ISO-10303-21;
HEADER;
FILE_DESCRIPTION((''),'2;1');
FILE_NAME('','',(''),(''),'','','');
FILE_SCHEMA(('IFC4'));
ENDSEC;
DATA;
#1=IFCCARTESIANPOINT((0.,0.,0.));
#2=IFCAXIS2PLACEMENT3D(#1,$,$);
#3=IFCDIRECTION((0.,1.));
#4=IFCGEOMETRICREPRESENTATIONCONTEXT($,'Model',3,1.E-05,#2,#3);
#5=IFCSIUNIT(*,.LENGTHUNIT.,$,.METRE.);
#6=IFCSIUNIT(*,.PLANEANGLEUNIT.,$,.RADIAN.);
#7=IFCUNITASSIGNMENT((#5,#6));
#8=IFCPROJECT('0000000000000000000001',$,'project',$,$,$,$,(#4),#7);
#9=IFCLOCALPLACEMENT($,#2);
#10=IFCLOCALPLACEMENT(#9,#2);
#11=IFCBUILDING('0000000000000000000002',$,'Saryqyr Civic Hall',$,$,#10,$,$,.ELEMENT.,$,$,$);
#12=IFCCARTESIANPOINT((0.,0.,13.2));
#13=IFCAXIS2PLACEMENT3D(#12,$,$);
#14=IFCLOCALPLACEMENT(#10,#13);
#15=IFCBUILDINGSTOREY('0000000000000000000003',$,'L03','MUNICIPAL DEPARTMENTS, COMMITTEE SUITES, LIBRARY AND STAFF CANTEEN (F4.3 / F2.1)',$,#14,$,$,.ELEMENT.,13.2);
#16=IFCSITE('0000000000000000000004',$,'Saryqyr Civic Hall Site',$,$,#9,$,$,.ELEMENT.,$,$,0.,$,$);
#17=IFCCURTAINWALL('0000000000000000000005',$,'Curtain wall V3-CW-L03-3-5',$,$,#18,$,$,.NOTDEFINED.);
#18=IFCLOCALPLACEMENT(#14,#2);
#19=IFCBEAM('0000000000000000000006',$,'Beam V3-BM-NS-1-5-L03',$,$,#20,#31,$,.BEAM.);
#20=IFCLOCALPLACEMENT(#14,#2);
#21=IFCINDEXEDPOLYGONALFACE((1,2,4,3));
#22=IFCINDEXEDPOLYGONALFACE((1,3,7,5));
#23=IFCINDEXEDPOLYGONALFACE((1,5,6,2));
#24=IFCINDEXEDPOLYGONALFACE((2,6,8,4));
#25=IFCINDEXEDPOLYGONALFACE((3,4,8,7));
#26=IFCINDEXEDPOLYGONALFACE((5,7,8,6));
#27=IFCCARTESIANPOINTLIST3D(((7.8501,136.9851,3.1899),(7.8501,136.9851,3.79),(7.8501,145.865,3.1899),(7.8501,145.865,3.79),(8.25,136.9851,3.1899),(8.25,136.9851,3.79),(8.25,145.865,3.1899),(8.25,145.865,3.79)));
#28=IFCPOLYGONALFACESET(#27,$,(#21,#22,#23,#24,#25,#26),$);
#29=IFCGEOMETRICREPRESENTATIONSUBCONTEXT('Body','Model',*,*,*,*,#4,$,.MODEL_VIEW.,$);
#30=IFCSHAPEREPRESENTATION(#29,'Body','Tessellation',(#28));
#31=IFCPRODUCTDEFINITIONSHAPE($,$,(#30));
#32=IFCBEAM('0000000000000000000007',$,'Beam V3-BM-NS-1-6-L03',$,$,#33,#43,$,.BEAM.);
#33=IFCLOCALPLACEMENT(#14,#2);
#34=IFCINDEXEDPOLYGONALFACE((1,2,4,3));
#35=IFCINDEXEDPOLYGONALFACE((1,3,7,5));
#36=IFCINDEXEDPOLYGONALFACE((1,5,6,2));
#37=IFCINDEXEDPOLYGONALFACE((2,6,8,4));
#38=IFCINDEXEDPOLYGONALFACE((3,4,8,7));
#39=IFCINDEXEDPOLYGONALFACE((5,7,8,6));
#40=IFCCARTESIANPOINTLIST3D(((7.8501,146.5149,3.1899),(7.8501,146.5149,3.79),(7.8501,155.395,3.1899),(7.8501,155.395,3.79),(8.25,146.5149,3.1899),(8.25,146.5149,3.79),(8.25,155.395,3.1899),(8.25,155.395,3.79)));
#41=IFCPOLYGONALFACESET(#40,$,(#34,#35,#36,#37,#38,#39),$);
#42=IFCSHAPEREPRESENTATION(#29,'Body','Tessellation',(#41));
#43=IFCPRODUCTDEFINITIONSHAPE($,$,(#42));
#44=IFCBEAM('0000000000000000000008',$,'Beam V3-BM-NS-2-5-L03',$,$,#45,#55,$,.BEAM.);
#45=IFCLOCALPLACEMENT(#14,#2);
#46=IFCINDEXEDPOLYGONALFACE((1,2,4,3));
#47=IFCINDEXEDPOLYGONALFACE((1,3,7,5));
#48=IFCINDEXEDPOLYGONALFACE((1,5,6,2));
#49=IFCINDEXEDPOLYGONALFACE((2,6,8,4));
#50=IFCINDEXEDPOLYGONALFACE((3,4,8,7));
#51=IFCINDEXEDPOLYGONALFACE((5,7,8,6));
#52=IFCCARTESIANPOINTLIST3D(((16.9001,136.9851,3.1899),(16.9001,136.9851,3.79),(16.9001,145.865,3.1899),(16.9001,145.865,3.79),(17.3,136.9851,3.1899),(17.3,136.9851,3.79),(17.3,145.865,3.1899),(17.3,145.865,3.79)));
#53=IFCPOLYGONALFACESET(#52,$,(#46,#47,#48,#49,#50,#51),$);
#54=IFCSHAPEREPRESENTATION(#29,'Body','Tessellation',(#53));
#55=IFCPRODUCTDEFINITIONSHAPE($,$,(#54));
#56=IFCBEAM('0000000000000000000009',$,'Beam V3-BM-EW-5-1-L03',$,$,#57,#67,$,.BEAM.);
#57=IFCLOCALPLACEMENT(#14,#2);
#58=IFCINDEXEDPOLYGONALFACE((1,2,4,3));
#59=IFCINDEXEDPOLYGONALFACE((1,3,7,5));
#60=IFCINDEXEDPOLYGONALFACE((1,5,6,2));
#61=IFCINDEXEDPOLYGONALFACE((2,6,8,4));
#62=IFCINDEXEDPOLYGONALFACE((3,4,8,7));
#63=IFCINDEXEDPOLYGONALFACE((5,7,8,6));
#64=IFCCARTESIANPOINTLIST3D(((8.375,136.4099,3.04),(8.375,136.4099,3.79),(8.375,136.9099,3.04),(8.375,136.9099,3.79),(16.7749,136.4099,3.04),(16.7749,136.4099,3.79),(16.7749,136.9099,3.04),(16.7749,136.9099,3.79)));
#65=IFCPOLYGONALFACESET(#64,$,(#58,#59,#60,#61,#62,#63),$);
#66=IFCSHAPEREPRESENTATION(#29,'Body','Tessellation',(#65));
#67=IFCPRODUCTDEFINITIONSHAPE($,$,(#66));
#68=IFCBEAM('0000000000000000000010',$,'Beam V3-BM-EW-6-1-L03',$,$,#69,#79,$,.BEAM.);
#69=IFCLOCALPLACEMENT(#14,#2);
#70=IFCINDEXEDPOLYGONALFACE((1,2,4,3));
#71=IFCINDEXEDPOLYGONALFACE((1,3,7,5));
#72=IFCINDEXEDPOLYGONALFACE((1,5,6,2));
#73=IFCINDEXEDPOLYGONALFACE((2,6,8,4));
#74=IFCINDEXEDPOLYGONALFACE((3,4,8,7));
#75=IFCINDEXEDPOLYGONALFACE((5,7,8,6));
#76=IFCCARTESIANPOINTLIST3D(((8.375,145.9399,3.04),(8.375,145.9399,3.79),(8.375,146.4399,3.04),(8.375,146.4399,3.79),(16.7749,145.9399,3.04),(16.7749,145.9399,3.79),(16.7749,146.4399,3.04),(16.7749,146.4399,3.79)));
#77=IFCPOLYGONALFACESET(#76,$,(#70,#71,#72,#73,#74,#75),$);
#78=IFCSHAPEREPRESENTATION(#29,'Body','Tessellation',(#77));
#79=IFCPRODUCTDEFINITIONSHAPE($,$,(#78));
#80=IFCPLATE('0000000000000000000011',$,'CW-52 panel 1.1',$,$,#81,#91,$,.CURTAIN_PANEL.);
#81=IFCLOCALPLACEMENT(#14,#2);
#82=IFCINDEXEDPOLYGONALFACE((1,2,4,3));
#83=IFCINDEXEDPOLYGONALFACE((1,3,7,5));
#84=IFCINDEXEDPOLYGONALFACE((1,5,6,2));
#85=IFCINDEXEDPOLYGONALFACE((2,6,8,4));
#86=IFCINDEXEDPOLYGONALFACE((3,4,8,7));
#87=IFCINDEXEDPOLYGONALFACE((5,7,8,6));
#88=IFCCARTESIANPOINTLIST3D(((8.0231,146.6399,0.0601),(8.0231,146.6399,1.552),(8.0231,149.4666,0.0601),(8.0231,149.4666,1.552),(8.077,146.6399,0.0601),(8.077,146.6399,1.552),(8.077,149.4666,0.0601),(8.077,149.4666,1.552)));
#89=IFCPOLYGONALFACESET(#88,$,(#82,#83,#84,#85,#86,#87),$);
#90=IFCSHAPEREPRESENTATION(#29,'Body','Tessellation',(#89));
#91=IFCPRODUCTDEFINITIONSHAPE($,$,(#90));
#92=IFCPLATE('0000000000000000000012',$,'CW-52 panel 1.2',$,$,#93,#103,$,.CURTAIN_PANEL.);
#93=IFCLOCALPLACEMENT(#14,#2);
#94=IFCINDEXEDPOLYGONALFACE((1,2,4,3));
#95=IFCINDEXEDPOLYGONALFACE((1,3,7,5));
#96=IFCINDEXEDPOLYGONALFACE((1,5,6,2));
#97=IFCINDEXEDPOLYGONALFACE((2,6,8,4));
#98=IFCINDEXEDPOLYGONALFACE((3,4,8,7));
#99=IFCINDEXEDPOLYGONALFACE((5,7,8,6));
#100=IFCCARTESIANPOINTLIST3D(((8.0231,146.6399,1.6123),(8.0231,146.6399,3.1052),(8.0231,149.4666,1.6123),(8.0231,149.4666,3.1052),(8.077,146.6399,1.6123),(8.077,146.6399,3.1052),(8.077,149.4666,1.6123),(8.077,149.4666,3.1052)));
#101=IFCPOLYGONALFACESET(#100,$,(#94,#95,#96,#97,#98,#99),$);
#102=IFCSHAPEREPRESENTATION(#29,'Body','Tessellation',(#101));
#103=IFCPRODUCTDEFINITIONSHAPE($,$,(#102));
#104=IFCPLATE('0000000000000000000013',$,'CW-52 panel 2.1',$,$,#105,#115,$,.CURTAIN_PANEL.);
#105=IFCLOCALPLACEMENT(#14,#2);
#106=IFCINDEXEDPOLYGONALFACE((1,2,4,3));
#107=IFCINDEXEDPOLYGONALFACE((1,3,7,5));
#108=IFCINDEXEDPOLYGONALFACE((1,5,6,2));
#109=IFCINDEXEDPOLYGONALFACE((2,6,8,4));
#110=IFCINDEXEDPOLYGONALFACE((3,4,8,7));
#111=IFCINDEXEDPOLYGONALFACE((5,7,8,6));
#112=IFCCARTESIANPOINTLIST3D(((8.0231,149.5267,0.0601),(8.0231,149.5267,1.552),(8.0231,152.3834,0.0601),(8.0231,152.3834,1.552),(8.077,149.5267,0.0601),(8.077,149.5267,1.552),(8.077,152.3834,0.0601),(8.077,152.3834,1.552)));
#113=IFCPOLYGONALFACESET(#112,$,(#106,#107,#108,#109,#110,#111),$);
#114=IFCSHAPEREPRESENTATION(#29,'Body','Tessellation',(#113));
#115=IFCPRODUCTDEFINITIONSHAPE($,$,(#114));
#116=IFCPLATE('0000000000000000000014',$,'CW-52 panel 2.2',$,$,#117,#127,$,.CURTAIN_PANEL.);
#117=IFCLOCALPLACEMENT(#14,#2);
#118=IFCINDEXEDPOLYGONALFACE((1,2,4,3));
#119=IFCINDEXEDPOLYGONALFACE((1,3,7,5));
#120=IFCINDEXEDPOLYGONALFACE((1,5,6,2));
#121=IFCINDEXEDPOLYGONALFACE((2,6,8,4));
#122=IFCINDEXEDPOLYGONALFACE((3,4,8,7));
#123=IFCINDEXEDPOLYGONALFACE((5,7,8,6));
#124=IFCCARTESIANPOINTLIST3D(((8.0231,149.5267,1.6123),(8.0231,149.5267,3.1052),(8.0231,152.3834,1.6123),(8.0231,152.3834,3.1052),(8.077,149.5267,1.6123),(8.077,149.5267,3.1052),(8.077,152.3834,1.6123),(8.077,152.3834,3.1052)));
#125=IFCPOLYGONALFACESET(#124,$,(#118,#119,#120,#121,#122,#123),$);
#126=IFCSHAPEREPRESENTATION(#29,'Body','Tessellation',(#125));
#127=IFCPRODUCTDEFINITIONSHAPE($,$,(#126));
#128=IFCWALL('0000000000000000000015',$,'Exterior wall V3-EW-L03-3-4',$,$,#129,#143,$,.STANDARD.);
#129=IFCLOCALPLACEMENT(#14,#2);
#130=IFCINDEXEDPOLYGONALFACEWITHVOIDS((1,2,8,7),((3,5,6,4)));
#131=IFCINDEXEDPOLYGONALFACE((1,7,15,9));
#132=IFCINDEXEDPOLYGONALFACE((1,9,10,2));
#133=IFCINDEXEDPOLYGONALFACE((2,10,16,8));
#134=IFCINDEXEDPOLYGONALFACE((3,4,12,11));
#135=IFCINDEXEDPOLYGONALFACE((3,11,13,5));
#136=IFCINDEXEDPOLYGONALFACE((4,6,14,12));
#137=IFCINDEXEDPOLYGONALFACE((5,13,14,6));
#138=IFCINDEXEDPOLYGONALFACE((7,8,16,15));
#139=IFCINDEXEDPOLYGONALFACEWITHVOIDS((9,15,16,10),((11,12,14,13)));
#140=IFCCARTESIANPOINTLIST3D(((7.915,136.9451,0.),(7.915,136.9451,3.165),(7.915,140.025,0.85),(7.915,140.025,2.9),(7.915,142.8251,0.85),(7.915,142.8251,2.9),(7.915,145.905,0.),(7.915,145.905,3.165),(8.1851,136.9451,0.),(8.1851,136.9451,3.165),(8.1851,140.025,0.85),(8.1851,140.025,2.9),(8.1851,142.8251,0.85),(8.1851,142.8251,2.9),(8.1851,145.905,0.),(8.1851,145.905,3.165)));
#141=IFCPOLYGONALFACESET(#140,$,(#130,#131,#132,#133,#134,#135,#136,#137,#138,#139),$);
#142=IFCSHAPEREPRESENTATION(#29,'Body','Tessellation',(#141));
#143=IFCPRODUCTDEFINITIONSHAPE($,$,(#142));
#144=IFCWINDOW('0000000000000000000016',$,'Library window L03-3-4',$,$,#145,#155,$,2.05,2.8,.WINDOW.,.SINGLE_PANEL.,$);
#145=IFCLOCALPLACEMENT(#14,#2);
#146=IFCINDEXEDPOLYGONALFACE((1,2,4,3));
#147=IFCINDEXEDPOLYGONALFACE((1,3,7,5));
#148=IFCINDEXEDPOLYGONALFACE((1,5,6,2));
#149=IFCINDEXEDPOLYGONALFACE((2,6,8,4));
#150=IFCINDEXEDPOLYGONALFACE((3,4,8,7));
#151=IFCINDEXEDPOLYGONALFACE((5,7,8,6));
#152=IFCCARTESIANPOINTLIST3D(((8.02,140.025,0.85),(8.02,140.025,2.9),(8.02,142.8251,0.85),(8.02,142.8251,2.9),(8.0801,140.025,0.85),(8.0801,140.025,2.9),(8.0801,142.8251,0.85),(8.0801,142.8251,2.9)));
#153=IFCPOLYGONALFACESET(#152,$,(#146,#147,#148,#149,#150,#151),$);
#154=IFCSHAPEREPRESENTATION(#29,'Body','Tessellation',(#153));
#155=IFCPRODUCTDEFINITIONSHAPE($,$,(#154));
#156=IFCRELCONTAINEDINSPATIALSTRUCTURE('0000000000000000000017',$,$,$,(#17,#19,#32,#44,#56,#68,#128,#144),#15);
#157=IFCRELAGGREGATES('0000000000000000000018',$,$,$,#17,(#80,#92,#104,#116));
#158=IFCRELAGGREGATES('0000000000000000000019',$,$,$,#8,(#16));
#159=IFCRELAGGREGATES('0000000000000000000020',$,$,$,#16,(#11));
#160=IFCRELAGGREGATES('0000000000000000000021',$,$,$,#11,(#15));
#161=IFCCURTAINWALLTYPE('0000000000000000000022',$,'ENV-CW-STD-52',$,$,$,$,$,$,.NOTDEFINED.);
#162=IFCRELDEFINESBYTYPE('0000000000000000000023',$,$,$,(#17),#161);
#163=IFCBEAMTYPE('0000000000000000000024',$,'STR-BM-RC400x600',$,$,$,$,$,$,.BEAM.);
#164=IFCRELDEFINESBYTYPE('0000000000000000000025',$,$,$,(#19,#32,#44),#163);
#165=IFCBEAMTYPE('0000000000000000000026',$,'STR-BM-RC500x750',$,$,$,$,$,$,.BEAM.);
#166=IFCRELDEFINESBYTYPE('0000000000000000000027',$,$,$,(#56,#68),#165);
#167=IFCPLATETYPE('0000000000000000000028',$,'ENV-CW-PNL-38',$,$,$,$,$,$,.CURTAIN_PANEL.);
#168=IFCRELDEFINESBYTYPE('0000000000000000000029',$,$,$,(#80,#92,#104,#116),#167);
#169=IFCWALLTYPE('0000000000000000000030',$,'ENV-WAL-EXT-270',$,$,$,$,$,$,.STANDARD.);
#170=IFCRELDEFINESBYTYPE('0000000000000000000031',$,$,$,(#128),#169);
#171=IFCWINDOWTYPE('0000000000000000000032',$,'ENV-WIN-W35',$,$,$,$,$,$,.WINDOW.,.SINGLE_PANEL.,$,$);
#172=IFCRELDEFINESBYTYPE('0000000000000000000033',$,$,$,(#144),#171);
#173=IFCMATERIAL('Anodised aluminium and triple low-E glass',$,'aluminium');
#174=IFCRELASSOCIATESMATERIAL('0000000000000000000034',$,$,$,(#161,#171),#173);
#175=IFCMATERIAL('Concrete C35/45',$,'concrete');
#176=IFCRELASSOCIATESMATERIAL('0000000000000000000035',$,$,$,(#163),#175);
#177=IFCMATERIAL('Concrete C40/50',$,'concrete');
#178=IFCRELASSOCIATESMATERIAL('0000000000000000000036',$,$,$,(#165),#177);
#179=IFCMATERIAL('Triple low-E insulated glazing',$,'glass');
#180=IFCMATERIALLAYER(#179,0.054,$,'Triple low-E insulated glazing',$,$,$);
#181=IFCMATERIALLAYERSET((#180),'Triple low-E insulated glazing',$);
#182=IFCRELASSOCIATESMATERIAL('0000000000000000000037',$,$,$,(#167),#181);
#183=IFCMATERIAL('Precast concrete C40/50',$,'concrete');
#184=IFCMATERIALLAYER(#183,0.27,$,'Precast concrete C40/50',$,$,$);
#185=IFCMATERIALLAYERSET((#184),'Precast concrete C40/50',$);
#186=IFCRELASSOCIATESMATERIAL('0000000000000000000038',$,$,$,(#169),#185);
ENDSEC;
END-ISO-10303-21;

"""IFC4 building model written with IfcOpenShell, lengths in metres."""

from ifc_helpers import new_model, si_unit, direction, frame, frame_2d, origin, origin_2d, place, context, subcontext, project, spatial, rectangle, extrude, material, layer, layer_set, material_profile, profile_set, type_object, element, fill, aggregate, save


model = new_model("IFC4")

# Units and contexts
model_context = context("Model", 3, precision=1e-05, world=origin(), true_north=direction((0.0, 1.0)))
body_context = subcontext(model_context, "Body", "Model", "MODEL_VIEW")
ifc_project = project(units=[si_unit("LENGTHUNIT", "METRE"), si_unit("PLANEANGLEUNIT", "RADIAN")], contexts=[model_context])

# Site, building, storey
site_placement = place(None, origin())
site = spatial("IfcSite", under=ifc_project, at=site_placement, Name="Saryqyr Civic Hall Site", CompositionType="ELEMENT", RefElevation=0.0)
building_placement = place(site_placement, origin())
building = spatial("IfcBuilding", under=site, at=building_placement, Name="Saryqyr Civic Hall", CompositionType="ELEMENT")
storey_placement = place(building_placement, frame((0.0, 0.0, 13.2)))
storey = spatial("IfcBuildingStorey", under=building, at=storey_placement, Name="L03", Description="MUNICIPAL DEPARTMENTS, COMMITTEE SUITES, LIBRARY AND STAFF CANTEEN (F4.3 / F2.1)", CompositionType="ELEMENT", Elevation=13.2)

# Shared definitions
ifc_material_1 = material(Name="Concrete C40/50", Category="concrete")

# Shared definitions
ifc_material_2 = material(Name="Anodised aluminium and triple low-E glass", Category="aluminium")
curtain_wall_type = type_object("IfcCurtainWallType", Name="ENV-CW-STD-52", PredefinedType="NOTDEFINED", material=ifc_material_2)

# Curtain wall
curtain_wall_1_placement = place(storey_placement, origin())
curtain_wall_1 = element("IfcCurtainWall", 1, at=curtain_wall_1_placement, inside=storey, type_object=curtain_wall_type, Name="Curtain wall V3-CW-L03-3-5", PredefinedType="NOTDEFINED")

# Beams
ifc_material_3 = material(Name="Concrete C35/45", Category="concrete")
ifc_material_profile_1 = material_profile(ifc_material_3, rectangle(XDim=0.3999, YDim=0.6001, at=origin_2d()), Name="RC 400x600")
ifc_profile_set_1 = profile_set([ifc_material_profile_1], Name="Concrete C35/45")
beam_type_1 = type_object("IfcBeamType", Name="STR-BM-RC400x600", PredefinedType="BEAM", material=ifc_profile_set_1)
beam_1_placement = place(storey_placement, frame((8.05, 136.9851, 3.49), z_axis=(0.0, 1.0, 0.0), x_axis=(-1.0, 0.0, 0.0)))
element("IfcBeam", 2, at=beam_1_placement, inside=storey, type_object=beam_type_1, Name="Beam V3-BM-NS-1-5-L03", PredefinedType="BEAM", context=body_context, shape_type="SweptSolid", body=[
    extrude(rectangle(XDim=0.3999, YDim=0.6001, at=origin_2d()), origin(), (0.0, 0.0, 1.0), 8.8799),
])
beam_2_placement = place(storey_placement, frame((8.05, 146.5149, 3.49), z_axis=(0.0, 1.0, 0.0), x_axis=(-1.0, 0.0, 0.0)))
element("IfcBeam", 3, at=beam_2_placement, inside=storey, type_object=beam_type_1, Name="Beam V3-BM-NS-1-6-L03", PredefinedType="BEAM", context=body_context, shape_type="SweptSolid", body=[
    extrude(rectangle(XDim=0.3999, YDim=0.6001, at=origin_2d()), origin(), (0.0, 0.0, 1.0), 8.8801),
])
beam_3_placement = place(storey_placement, frame((17.1001, 136.9851, 3.49), z_axis=(0.0, 1.0, 0.0), x_axis=(-1.0, 0.0, 0.0)))
element("IfcBeam", 4, at=beam_3_placement, inside=storey, type_object=beam_type_1, Name="Beam V3-BM-NS-2-5-L03", PredefinedType="BEAM", context=body_context, shape_type="SweptSolid", body=[
    extrude(rectangle(XDim=0.3999, YDim=0.6001, at=origin_2d()), origin(), (0.0, 0.0, 1.0), 8.8799),
])
ifc_material_profile_2 = material_profile(ifc_material_1, rectangle(XDim=0.5, YDim=0.75, at=origin_2d()), Name="RC 500x750")
ifc_profile_set_2 = profile_set([ifc_material_profile_2], Name="Concrete C40/50")
beam_type_2 = type_object("IfcBeamType", Name="STR-BM-RC500x750", PredefinedType="BEAM", material=ifc_profile_set_2)
for number, where, z_axis, x_axis, name in (
    (5, (8.375, 136.6599, 3.415), (1.0, 0.0, 0.0), (0.0, 1.0, 0.0), "Beam V3-BM-EW-5-1-L03"),
    (6, (8.375, 146.1899, 3.415), (1.0, 0.0, 0.0), (0.0, 1.0, 0.0), "Beam V3-BM-EW-6-1-L03"),
):
    element("IfcBeam", number, at=place(storey_placement, frame(where, z_axis=z_axis, x_axis=x_axis)), inside=storey, type_object=beam_type_2, Name=name, PredefinedType="BEAM", context=body_context, shape_type="SweptSolid", body=[
        extrude(rectangle(XDim=0.5, YDim=0.75, at=origin_2d()), origin(), (0.0, 0.0, 1.0), 8.3999),
    ])

# Plates
ifc_material_4 = material(Name="Triple low-E insulated glazing", Category="glass")
ifc_layer_1 = layer(ifc_material_4, 0.054, Name="Triple low-E insulated glazing")
ifc_layer_set_1 = layer_set([ifc_layer_1], Name="Triple low-E insulated glazing")
plate_type = type_object("IfcPlateType", Name="ENV-CW-PNL-38", PredefinedType="CURTAIN_PANEL", material=ifc_layer_set_1)
plate_1_placement = place(storey_placement, frame((8.05, 148.0532, 0.0601), z_axis=(0.0, 0.0, 1.0), x_axis=(0.0, 1.0, 0.0)))
plate_1 = element("IfcPlate", 7, at=plate_1_placement, type_object=plate_type, Name="CW-52 panel 1.1", PredefinedType="CURTAIN_PANEL", context=body_context, shape_type="SweptSolid", body=[
    extrude(rectangle(XDim=2.8267, YDim=0.054, at=origin_2d()), origin(), (0.0, 0.0, 1.0), 1.4919),
])
plate_2_placement = place(storey_placement, frame((8.05, 148.0532, 1.6123), z_axis=(0.0, 0.0, 1.0), x_axis=(0.0, 1.0, 0.0)))
plate_2 = element("IfcPlate", 8, at=plate_2_placement, type_object=plate_type, Name="CW-52 panel 1.2", PredefinedType="CURTAIN_PANEL", context=body_context, shape_type="SweptSolid", body=[
    extrude(rectangle(XDim=2.8267, YDim=0.054, at=origin_2d()), origin(), (0.0, 0.0, 1.0), 1.4929),
])
plate_3_placement = place(storey_placement, frame((8.05, 150.9551, 0.0601), z_axis=(0.0, 0.0, 1.0), x_axis=(0.0, 1.0, 0.0)))
plate_3 = element("IfcPlate", 9, at=plate_3_placement, type_object=plate_type, Name="CW-52 panel 2.1", PredefinedType="CURTAIN_PANEL", context=body_context, shape_type="SweptSolid", body=[
    extrude(rectangle(XDim=2.8567, YDim=0.054, at=origin_2d()), origin(), (0.0, 0.0, 1.0), 1.4919),
])
plate_4_placement = place(storey_placement, frame((8.05, 150.9551, 1.6123), z_axis=(0.0, 0.0, 1.0), x_axis=(0.0, 1.0, 0.0)))
plate_4 = element("IfcPlate", 10, at=plate_4_placement, type_object=plate_type, Name="CW-52 panel 2.2", PredefinedType="CURTAIN_PANEL", context=body_context, shape_type="SweptSolid", body=[
    extrude(rectangle(XDim=2.8567, YDim=0.054, at=origin_2d()), origin(), (0.0, 0.0, 1.0), 1.4929),
])
aggregate(curtain_wall_1, [plate_1, plate_2, plate_3, plate_4])

# Wall, opening, window
ifc_material_5 = material(Name="Precast concrete C40/50", Category="concrete")
ifc_layer_2 = layer(ifc_material_5, 0.27, Name="Precast concrete C40/50")
ifc_layer_set_2 = layer_set([ifc_layer_2], Name="Precast concrete C40/50")
wall_type = type_object("IfcWallType", Name="ENV-WAL-EXT-270", PredefinedType="STANDARD", material=ifc_layer_set_2)
wall_placement = place(storey_placement, frame((8.05, 136.9451, 0.0), z_axis=(0.0, 0.0, 1.0), x_axis=(0.0, 1.0, 0.0)))
wall = element("IfcWall", 11, at=wall_placement, inside=storey, type_object=wall_type, Name="Exterior wall V3-EW-L03-3-4", PredefinedType="STANDARD", context=body_context, shape_type="SweptSolid", body=[
    extrude(rectangle(XDim=8.96, YDim=0.27, at=frame_2d((4.48, 0.0))), origin(), (0.0, 0.0, 1.0), 3.165),
])
opening_placement = place(wall_placement, frame((3.0801, 0.0, 0.8501)))
opening = element("IfcOpeningElement", 12, at=opening_placement, cuts=wall, PredefinedType="OPENING", context=body_context, shape_type="SweptSolid", body=[
    extrude(rectangle(XDim=2.8, YDim=2.05, at=frame_2d((1.3999, 1.0249))), frame((0.0, 0.145, 0.0), z_axis=(0.0, -1.0, 0.0), x_axis=(1.0, 0.0, 0.0)), (0.0, 0.0, 1.0), 0.29),
])
window_type = type_object("IfcWindowType", Name="ENV-WIN-W35", PartitioningType="SINGLE_PANEL", PredefinedType="WINDOW", material=ifc_material_2)
window_placement = place(opening_placement, origin())
window = element("IfcWindow", 13, at=window_placement, inside=storey, type_object=window_type, Name="Library window L03-3-4", OverallHeight=2.05, OverallWidth=2.8, PartitioningType="SINGLE_PANEL", PredefinedType="WINDOW", context=body_context, shape_type="SweptSolid", body=[
    extrude(rectangle(XDim=2.8, YDim=2.05, at=frame_2d((1.3999, 1.0249))), frame((0.0, 0.03, 0.0), z_axis=(0.0, -1.0, 0.0), x_axis=(1.0, 0.0, 0.0)), (0.0, 0.0, 1.0), 0.0601),
])
fill(opening, window)

save(model, "model.ifc")
